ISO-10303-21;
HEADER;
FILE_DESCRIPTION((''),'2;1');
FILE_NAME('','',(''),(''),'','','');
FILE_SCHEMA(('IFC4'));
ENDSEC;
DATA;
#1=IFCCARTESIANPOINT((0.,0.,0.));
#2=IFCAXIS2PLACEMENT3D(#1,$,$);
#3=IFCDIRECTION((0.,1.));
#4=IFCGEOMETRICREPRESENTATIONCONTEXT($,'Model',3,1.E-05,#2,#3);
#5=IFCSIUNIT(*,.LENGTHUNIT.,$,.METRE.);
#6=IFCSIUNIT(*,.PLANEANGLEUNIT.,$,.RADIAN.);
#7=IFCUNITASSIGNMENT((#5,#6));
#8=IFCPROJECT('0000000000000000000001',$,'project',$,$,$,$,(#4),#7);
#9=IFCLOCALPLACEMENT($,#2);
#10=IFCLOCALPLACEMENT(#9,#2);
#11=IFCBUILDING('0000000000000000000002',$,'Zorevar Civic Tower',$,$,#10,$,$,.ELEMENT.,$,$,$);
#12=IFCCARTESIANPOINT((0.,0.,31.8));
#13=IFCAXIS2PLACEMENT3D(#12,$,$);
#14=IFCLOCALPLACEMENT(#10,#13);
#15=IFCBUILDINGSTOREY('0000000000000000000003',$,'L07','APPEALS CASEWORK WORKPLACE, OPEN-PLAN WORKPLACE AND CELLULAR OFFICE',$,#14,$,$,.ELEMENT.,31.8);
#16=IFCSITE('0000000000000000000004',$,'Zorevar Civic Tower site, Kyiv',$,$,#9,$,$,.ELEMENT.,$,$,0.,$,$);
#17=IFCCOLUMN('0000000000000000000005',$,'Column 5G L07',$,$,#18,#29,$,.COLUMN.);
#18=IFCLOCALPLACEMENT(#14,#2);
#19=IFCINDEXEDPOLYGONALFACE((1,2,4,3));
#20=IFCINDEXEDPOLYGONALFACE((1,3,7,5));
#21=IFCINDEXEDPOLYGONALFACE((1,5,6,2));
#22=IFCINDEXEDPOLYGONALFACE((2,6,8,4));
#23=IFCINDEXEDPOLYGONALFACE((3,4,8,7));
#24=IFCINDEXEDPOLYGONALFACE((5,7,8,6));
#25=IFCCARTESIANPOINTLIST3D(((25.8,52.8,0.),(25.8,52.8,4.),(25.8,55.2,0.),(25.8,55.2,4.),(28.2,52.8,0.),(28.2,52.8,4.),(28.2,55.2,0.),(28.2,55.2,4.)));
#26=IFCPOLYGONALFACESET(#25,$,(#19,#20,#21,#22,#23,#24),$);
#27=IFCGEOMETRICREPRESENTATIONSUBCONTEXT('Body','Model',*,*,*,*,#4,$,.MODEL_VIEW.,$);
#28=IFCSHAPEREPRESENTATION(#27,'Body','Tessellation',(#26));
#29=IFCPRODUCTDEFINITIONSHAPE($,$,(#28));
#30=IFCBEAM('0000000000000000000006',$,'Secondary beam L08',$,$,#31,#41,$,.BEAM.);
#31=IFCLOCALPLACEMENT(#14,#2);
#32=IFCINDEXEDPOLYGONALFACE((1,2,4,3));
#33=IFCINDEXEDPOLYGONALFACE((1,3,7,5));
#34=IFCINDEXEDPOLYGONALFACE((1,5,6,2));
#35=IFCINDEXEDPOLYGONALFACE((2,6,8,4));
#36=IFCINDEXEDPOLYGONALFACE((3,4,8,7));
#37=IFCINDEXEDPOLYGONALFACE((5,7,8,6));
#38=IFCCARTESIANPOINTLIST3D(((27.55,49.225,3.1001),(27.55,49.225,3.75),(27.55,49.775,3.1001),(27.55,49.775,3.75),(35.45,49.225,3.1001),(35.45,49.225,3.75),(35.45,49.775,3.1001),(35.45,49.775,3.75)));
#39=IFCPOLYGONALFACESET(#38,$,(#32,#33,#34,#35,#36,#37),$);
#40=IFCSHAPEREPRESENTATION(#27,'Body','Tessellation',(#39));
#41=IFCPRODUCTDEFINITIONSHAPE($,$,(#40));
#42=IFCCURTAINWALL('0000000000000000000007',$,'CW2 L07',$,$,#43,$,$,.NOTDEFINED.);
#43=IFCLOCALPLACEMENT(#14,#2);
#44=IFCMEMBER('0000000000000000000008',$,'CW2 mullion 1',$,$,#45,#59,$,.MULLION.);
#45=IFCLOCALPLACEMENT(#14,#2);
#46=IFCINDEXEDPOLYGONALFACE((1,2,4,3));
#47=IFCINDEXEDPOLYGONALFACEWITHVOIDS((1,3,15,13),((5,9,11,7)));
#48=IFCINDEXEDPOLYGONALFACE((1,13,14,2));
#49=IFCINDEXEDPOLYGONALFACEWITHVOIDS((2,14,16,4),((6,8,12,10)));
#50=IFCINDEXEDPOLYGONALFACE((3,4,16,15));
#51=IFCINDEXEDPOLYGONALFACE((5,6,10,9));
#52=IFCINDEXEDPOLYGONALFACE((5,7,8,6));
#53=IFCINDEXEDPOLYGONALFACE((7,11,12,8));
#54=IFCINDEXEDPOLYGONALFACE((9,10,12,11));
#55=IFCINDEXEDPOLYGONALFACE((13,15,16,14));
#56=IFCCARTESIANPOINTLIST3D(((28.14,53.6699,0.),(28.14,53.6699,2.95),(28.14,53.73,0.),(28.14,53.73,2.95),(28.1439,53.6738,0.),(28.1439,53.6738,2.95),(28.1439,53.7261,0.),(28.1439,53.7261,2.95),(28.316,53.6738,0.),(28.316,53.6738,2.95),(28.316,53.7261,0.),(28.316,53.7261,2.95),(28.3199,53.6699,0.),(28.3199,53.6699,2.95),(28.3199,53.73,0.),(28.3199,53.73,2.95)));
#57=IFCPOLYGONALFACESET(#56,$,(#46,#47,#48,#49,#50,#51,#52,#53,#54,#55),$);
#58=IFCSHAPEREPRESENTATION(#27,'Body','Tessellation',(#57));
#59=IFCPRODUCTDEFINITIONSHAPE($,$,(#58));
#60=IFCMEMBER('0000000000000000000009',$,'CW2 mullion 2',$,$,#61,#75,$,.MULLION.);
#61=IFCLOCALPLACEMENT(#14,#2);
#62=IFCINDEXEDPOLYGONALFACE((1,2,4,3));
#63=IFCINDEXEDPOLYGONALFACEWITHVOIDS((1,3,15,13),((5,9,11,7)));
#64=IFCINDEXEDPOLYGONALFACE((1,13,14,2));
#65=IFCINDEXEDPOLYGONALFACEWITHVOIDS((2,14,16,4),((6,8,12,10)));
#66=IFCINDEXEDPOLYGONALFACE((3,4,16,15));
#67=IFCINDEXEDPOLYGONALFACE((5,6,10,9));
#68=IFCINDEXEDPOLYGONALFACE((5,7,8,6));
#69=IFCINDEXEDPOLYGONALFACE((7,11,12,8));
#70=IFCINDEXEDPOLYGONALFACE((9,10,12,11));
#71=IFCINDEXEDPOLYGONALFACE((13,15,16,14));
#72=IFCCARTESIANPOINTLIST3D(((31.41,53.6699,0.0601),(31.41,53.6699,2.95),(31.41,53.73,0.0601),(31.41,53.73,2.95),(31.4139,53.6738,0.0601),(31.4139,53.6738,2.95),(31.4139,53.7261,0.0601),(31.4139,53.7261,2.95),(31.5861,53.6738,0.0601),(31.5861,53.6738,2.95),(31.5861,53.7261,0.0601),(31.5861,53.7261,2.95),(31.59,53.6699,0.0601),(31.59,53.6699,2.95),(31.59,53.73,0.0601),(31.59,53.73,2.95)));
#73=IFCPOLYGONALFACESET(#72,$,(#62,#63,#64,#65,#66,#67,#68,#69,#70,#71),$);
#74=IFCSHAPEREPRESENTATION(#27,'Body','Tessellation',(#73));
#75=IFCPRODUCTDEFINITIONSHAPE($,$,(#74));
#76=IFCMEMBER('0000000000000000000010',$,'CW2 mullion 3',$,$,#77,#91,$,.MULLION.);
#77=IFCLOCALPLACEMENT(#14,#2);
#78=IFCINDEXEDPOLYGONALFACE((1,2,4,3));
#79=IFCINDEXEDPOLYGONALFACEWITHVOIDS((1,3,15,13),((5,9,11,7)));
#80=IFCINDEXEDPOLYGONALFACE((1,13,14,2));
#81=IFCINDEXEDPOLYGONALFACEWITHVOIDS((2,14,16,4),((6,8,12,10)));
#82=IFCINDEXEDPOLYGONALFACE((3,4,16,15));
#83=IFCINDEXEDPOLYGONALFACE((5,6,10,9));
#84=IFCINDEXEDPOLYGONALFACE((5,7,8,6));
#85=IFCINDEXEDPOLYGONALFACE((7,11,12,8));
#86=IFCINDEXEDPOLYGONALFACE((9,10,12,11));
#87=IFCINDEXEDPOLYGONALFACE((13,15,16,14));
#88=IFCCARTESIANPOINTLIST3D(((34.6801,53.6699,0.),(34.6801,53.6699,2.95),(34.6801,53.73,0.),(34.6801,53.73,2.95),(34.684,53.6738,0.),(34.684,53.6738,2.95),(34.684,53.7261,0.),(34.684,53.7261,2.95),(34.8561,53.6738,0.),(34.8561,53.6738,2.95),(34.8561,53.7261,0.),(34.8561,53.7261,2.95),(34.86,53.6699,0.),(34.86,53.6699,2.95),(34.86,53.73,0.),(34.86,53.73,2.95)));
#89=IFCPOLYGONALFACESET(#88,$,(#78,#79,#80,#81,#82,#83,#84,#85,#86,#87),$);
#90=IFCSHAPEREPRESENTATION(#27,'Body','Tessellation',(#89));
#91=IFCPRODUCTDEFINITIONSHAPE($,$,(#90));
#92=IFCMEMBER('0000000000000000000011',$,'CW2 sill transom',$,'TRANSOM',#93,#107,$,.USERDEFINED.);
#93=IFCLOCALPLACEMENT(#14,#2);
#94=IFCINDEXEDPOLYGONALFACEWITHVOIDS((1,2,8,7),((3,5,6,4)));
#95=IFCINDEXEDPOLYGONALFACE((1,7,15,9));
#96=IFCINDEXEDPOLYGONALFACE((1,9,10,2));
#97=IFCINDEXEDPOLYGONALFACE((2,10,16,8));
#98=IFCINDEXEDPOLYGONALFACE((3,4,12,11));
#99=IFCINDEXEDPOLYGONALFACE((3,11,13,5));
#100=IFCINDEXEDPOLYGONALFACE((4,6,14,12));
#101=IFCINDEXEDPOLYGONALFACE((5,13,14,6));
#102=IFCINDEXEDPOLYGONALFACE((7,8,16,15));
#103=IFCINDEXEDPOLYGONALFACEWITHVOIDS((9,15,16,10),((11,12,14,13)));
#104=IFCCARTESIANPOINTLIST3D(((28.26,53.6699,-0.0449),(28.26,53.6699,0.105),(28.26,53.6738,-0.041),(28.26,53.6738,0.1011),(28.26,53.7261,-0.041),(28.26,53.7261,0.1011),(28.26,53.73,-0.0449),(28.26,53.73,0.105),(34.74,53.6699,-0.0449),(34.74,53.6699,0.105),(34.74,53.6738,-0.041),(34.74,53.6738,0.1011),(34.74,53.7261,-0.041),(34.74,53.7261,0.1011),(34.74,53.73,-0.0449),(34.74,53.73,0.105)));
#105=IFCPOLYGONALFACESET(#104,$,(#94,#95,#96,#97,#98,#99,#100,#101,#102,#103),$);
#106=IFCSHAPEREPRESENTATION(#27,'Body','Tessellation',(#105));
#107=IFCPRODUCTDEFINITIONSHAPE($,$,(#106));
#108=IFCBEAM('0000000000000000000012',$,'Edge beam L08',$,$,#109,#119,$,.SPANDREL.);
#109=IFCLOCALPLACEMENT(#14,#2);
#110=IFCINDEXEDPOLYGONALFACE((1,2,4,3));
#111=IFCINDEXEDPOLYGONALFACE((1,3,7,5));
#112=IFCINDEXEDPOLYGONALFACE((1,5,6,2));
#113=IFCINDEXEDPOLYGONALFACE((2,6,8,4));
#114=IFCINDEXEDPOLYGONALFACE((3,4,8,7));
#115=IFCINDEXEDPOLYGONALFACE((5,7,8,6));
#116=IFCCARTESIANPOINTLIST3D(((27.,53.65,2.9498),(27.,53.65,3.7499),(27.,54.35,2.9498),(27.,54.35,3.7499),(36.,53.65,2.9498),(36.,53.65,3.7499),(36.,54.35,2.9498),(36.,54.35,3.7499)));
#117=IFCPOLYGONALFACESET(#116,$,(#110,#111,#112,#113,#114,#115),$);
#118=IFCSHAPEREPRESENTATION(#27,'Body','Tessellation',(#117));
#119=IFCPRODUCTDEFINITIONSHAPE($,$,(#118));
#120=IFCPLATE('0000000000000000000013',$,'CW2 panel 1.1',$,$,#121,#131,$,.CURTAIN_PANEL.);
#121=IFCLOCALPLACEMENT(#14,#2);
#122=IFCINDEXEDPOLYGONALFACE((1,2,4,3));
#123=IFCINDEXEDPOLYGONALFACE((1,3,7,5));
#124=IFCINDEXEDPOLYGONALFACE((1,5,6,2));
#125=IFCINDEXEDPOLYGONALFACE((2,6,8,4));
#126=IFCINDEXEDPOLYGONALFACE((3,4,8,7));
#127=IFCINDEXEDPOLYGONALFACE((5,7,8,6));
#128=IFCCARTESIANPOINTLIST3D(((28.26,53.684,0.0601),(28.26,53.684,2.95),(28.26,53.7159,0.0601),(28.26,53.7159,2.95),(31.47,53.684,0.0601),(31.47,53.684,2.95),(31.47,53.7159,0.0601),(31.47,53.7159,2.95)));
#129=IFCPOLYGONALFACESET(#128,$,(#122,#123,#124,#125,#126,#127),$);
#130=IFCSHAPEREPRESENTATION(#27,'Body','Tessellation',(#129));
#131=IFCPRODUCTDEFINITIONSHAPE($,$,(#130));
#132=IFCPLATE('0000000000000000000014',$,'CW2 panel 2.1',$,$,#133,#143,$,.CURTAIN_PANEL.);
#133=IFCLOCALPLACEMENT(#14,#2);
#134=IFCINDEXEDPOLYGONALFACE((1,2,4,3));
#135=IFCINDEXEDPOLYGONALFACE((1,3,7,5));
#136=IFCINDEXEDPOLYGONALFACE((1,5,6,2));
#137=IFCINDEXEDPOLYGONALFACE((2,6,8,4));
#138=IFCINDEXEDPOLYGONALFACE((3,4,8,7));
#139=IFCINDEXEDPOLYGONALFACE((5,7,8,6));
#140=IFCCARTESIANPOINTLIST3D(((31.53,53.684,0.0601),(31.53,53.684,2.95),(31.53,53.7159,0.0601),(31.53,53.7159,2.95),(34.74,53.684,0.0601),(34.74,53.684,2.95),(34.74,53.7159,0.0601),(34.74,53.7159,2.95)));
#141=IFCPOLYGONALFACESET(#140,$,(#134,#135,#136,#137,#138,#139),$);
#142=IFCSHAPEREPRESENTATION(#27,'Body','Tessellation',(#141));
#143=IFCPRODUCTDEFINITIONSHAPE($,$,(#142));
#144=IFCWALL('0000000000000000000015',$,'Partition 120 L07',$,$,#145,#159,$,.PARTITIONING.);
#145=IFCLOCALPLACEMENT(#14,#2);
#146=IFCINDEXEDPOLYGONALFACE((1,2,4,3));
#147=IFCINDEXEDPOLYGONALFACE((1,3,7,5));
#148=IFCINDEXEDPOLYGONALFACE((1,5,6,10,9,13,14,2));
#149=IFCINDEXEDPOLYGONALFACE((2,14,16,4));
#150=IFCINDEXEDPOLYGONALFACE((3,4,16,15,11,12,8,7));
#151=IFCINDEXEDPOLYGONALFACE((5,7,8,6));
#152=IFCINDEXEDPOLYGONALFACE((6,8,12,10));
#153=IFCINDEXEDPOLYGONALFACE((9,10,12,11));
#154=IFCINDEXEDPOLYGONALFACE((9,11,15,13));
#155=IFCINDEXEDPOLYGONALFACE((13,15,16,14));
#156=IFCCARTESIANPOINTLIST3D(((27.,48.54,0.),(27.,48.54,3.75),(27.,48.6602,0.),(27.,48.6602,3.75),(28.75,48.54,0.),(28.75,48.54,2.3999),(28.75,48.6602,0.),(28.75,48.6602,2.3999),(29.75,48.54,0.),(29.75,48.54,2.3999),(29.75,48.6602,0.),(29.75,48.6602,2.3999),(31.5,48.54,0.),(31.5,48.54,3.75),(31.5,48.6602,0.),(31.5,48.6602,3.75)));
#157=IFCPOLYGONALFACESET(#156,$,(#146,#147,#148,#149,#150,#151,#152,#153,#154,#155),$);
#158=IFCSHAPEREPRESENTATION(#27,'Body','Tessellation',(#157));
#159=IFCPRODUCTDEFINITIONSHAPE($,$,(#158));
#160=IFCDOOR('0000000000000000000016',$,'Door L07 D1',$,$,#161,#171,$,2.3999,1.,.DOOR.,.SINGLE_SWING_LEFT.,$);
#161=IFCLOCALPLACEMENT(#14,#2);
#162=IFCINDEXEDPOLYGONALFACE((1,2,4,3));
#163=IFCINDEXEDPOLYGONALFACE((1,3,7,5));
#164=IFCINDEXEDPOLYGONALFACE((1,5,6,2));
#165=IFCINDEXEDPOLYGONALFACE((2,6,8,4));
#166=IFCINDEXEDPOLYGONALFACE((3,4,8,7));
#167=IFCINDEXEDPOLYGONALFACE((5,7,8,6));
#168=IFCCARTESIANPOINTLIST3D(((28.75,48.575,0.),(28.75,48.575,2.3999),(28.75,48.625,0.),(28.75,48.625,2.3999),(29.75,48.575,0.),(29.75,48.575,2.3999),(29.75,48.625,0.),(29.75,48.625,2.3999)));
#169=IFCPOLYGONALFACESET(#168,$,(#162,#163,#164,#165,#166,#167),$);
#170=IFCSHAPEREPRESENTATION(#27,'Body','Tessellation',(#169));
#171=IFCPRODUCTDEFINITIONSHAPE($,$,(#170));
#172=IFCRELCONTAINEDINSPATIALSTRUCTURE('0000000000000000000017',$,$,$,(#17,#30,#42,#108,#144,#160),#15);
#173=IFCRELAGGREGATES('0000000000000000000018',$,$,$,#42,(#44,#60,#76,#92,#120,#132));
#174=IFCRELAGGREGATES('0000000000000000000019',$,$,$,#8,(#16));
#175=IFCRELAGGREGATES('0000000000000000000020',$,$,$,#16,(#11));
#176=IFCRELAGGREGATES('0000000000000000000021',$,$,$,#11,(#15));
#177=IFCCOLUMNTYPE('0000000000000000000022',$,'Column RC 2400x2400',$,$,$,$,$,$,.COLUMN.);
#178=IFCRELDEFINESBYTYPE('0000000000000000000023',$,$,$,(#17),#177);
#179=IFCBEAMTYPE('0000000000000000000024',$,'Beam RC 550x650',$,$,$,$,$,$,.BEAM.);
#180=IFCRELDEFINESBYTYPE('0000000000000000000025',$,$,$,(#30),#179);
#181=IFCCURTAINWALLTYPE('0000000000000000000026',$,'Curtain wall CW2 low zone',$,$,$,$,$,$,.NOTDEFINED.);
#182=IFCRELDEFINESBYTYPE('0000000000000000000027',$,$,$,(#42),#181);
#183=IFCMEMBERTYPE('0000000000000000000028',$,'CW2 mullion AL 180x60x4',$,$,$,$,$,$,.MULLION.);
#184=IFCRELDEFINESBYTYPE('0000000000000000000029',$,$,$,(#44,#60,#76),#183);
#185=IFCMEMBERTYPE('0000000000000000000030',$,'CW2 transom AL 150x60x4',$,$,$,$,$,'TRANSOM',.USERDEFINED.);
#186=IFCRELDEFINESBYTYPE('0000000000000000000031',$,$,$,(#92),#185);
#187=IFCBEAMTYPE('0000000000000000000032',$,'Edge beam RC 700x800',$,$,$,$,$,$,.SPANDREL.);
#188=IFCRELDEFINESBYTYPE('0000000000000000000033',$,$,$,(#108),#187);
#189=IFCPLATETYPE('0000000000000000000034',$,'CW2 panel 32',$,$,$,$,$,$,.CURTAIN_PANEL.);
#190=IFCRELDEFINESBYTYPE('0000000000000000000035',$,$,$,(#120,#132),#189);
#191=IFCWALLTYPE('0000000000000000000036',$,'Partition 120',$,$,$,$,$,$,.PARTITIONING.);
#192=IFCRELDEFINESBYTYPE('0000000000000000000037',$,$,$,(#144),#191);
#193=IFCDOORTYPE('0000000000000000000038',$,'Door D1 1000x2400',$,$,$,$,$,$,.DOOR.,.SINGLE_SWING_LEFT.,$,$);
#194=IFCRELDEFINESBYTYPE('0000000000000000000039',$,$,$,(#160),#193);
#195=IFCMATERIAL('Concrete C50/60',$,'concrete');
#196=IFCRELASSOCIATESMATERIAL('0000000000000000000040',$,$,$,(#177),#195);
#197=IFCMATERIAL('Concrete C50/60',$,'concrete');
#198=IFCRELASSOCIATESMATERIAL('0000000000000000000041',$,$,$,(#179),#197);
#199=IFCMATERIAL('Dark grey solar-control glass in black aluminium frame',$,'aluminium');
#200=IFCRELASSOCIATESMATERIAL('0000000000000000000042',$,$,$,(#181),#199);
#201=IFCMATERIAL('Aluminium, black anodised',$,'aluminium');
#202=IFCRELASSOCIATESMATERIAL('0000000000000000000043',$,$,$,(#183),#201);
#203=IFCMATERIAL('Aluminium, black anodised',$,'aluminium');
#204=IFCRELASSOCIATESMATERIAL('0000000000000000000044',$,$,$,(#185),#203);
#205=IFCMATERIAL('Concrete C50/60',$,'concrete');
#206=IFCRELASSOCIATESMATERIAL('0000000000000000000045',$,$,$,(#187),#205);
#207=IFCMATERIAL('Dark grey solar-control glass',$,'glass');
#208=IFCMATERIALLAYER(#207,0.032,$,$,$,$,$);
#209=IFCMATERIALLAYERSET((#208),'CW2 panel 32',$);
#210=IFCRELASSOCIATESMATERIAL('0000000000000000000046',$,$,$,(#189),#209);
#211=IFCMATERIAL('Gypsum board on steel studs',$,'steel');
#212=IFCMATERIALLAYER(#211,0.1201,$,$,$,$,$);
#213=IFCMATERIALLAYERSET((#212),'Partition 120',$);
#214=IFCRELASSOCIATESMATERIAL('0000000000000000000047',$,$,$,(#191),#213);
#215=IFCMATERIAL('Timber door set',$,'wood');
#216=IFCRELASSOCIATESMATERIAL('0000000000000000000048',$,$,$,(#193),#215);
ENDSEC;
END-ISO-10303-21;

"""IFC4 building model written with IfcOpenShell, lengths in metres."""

from ifc_helpers import new_model, si_unit, direction, frame, frame_2d, origin, origin_2d, place, context, subcontext, project, spatial, rectangle, hollow_rectangle, extrude, material, layer, layer_set, material_profile, profile_set, type_object, element, fill, aggregate, save


model = new_model("IFC4")

# Units and contexts
model_context = context("Model", 3, precision=1e-05, world=origin(), true_north=direction((0.0, 1.0)))
body_context = subcontext(model_context, "Body", "Model", "MODEL_VIEW")
ifc_project = project(units=[si_unit("LENGTHUNIT", "METRE"), si_unit("PLANEANGLEUNIT", "RADIAN")], contexts=[model_context])

# Site, building, storey
site_placement = place(None, origin())
site = spatial("IfcSite", under=ifc_project, at=site_placement, Name="Zorevar Civic Tower site, Kyiv", CompositionType="ELEMENT", RefElevation=0.0)
building_placement = place(site_placement, origin())
building = spatial("IfcBuilding", under=site, at=building_placement, Name="Zorevar Civic Tower", CompositionType="ELEMENT")
storey_placement = place(building_placement, frame((0.0, 0.0, 31.8)))
storey = spatial("IfcBuildingStorey", under=building, at=storey_placement, Name="L07", Description="APPEALS CASEWORK WORKPLACE, OPEN-PLAN WORKPLACE AND CELLULAR OFFICE", CompositionType="ELEMENT", Elevation=31.8)

# Column
ifc_material_1 = material(Name="Concrete C50/60", Category="concrete")
ifc_material_profile_1 = material_profile(ifc_material_1, rectangle(XDim=2.3999, YDim=2.3999, at=origin_2d()), Name="RC 2400x2400")
ifc_profile_set_1 = profile_set([ifc_material_profile_1], Name="Concrete C50/60")
column_type = type_object("IfcColumnType", Name="Column RC 2400x2400", PredefinedType="COLUMN", material=ifc_profile_set_1)
column_placement = place(storey_placement, frame((27.0, 54.0, 0.0), z_axis=(0.0, 0.0, 1.0), x_axis=(1.0, 0.0, 0.0)))
element("IfcColumn", 1, at=column_placement, inside=storey, type_object=column_type, Name="Column 5G L07", PredefinedType="COLUMN", context=body_context, shape_type="SweptSolid", body=[
    extrude(rectangle(XDim=2.3999, YDim=2.3999, at=origin_2d()), origin(), (0.0, 0.0, 1.0), 4.0),
])

# Beam
ifc_material_2 = material(Name="Concrete C50/60", Category="concrete")
ifc_material_profile_2 = material_profile(ifc_material_2, rectangle(XDim=0.55, YDim=0.6499, at=origin_2d()), Name="RC 550x650")
ifc_profile_set_2 = profile_set([ifc_material_profile_2], Name="Concrete C50/60")
beam_type_1 = type_object("IfcBeamType", Name="Beam RC 550x650", PredefinedType="BEAM", material=ifc_profile_set_2)
beam_1_placement = place(storey_placement, frame((27.55, 49.5, 3.425), z_axis=(1.0, 0.0, 0.0), x_axis=(0.0, 1.0, 0.0)))
element("IfcBeam", 2, at=beam_1_placement, inside=storey, type_object=beam_type_1, Name="Secondary beam L08", PredefinedType="BEAM", context=body_context, shape_type="SweptSolid", body=[
    extrude(rectangle(XDim=0.55, YDim=0.6499, at=origin_2d()), origin(), (0.0, 0.0, 1.0), 7.8999),
])

# Curtain wall, members
ifc_material_3 = material(Name="Dark grey solar-control glass in black aluminium frame", Category="aluminium")
curtain_wall_type = type_object("IfcCurtainWallType", Name="Curtain wall CW2 low zone", PredefinedType="NOTDEFINED", material=ifc_material_3)
curtain_wall_placement = place(storey_placement, origin())
curtain_wall = element("IfcCurtainWall", 3, at=curtain_wall_placement, inside=storey, type_object=curtain_wall_type, Name="CW2 L07", PredefinedType="NOTDEFINED")
ifc_material_4 = material(Name="Aluminium, black anodised", Category="aluminium")
ifc_material_profile_3 = material_profile(ifc_material_4, hollow_rectangle(XDim=0.0601, YDim=0.1799, WallThickness=0.0039, at=origin_2d()), Name="AL 180x60x4")
ifc_profile_set_3 = profile_set([ifc_material_profile_3], Name="Aluminium, black anodised")
member_type_1 = type_object("IfcMemberType", Name="CW2 mullion AL 180x60x4", PredefinedType="MULLION", material=ifc_profile_set_3)
member_1_placement = place(storey_placement, frame((28.23, 53.7, 0.0), z_axis=(0.0, 0.0, 1.0), x_axis=(0.0, 1.0, 0.0)))
member_1 = element("IfcMember", 4, at=member_1_placement, type_object=member_type_1, Name="CW2 mullion 1", PredefinedType="MULLION", context=body_context, shape_type="SweptSolid", body=[
    extrude(hollow_rectangle(XDim=0.0601, YDim=0.1799, WallThickness=0.0039, at=origin_2d()), origin(), (0.0, 0.0, 1.0), 2.95),
])
member_2_placement = place(storey_placement, frame((31.5, 53.7, 0.0601), z_axis=(0.0, 0.0, 1.0), x_axis=(0.0, 1.0, 0.0)))
member_2 = element("IfcMember", 5, at=member_2_placement, type_object=member_type_1, Name="CW2 mullion 2", PredefinedType="MULLION", context=body_context, shape_type="SweptSolid", body=[
    extrude(hollow_rectangle(XDim=0.0601, YDim=0.1799, WallThickness=0.0039, at=origin_2d()), origin(), (0.0, 0.0, 1.0), 2.8899),
])
member_3_placement = place(storey_placement, frame((34.77, 53.7, 0.0), z_axis=(0.0, 0.0, 1.0), x_axis=(0.0, 1.0, 0.0)))
member_3 = element("IfcMember", 6, at=member_3_placement, type_object=member_type_1, Name="CW2 mullion 3", PredefinedType="MULLION", context=body_context, shape_type="SweptSolid", body=[
    extrude(hollow_rectangle(XDim=0.0601, YDim=0.1799, WallThickness=0.0039, at=origin_2d()), origin(), (0.0, 0.0, 1.0), 2.95),
])
ifc_material_5 = material(Name="Aluminium, black anodised", Category="aluminium")
ifc_material_profile_4 = material_profile(ifc_material_5, hollow_rectangle(XDim=0.0601, YDim=0.1499, WallThickness=0.0039, at=origin_2d()), Name="AL 150x60x4")
ifc_profile_set_4 = profile_set([ifc_material_profile_4], Name="Aluminium, black anodised")
member_type_2 = type_object("IfcMemberType", Name="CW2 transom AL 150x60x4", ElementType="TRANSOM", PredefinedType="USERDEFINED", material=ifc_profile_set_4)
member_4_placement = place(storey_placement, frame((28.26, 53.7, 0.03), z_axis=(1.0, 0.0, 0.0), x_axis=(0.0, 1.0, 0.0)))
member_4 = element("IfcMember", 7, at=member_4_placement, type_object=member_type_2, Name="CW2 sill transom", ObjectType="TRANSOM", PredefinedType="USERDEFINED", context=body_context, shape_type="SweptSolid", body=[
    extrude(hollow_rectangle(XDim=0.0601, YDim=0.1499, WallThickness=0.0039, at=origin_2d()), origin(), (0.0, 0.0, 1.0), 6.48),
])

# Beam
ifc_material_6 = material(Name="Concrete C50/60", Category="concrete")
ifc_material_profile_5 = material_profile(ifc_material_6, rectangle(XDim=0.7, YDim=0.8, at=origin_2d()), Name="RC 700x800")
ifc_profile_set_5 = profile_set([ifc_material_profile_5], Name="Concrete C50/60")
beam_type_2 = type_object("IfcBeamType", Name="Edge beam RC 700x800", PredefinedType="SPANDREL", material=ifc_profile_set_5)
beam_2_placement = place(storey_placement, frame((27.0, 54.0, 3.3499), z_axis=(1.0, 0.0, 0.0), x_axis=(0.0, 1.0, 0.0)))
element("IfcBeam", 8, at=beam_2_placement, inside=storey, type_object=beam_type_2, Name="Edge beam L08", PredefinedType="SPANDREL", context=body_context, shape_type="SweptSolid", body=[
    extrude(rectangle(XDim=0.7, YDim=0.8, at=origin_2d()), origin(), (0.0, 0.0, 1.0), 9.0),
])

# Plates
ifc_material_7 = material(Name="Dark grey solar-control glass", Category="glass")
ifc_layer_1 = layer(ifc_material_7, 0.032)
ifc_layer_set_1 = layer_set([ifc_layer_1], Name="CW2 panel 32")
plate_type = type_object("IfcPlateType", Name="CW2 panel 32", PredefinedType="CURTAIN_PANEL", material=ifc_layer_set_1)
plate_1_placement = place(storey_placement, frame((29.865, 53.7, 0.0601), z_axis=(0.0, 0.0, 1.0), x_axis=(1.0, 0.0, 0.0)))
plate_1 = element("IfcPlate", 9, at=plate_1_placement, type_object=plate_type, Name="CW2 panel 1.1", PredefinedType="CURTAIN_PANEL", context=body_context, shape_type="SweptSolid", body=[
    extrude(rectangle(XDim=3.21, YDim=0.032, at=origin_2d()), origin(), (0.0, 0.0, 1.0), 2.8899),
])
plate_2_placement = place(storey_placement, frame((33.135, 53.7, 0.0601), z_axis=(0.0, 0.0, 1.0), x_axis=(1.0, 0.0, 0.0)))
plate_2 = element("IfcPlate", 10, at=plate_2_placement, type_object=plate_type, Name="CW2 panel 2.1", PredefinedType="CURTAIN_PANEL", context=body_context, shape_type="SweptSolid", body=[
    extrude(rectangle(XDim=3.21, YDim=0.032, at=origin_2d()), origin(), (0.0, 0.0, 1.0), 2.8899),
])
aggregate(curtain_wall, [member_1, member_2, member_3, member_4, plate_1, plate_2])

# Wall, opening, door
ifc_material_8 = material(Name="Gypsum board on steel studs", Category="steel")
ifc_layer_2 = layer(ifc_material_8, 0.1201)
ifc_layer_set_2 = layer_set([ifc_layer_2], Name="Partition 120")
wall_type = type_object("IfcWallType", Name="Partition 120", PredefinedType="PARTITIONING", material=ifc_layer_set_2)
wall_1_placement = place(storey_placement, frame((27.0, 48.6001, 0.0), z_axis=(0.0, 0.0, 1.0), x_axis=(1.0, 0.0, 0.0)))
wall_1 = element("IfcWall", 11, at=wall_1_placement, inside=storey, type_object=wall_type, Name="Partition 120 L07", PredefinedType="PARTITIONING", context=body_context, shape_type="SweptSolid", body=[
    extrude(rectangle(XDim=4.5, YDim=0.1201, at=frame_2d((2.25, 0.0))), origin(), (0.0, 0.0, 1.0), 3.75),
])
opening_1_placement = place(wall_1_placement, frame((1.75, 0.0, 0.0)))
opening_1 = element("IfcOpeningElement", 12, at=opening_1_placement, cuts=wall_1, PredefinedType="OPENING", context=body_context, shape_type="SweptSolid", body=[
    extrude(rectangle(XDim=1.0, YDim=2.3999, at=frame_2d((0.5, 1.2))), frame((0.0, 0.0701, 0.0), z_axis=(0.0, -1.0, 0.0), x_axis=(1.0, 0.0, 0.0)), (0.0, 0.0, 1.0), 0.1401),
])
ifc_material_9 = material(Name="Timber door set", Category="wood")
door_type = type_object("IfcDoorType", Name="Door D1 1000x2400", OperationType="SINGLE_SWING_LEFT", PredefinedType="DOOR", material=ifc_material_9)
door_1_placement = place(opening_1_placement, origin())
door_1 = element("IfcDoor", 13, at=door_1_placement, inside=storey, type_object=door_type, Name="Door L07 D1", OperationType="SINGLE_SWING_LEFT", OverallHeight=2.3999, OverallWidth=1.0, PredefinedType="DOOR", context=body_context, shape_type="SweptSolid", body=[
    extrude(rectangle(XDim=1.0, YDim=2.3999, at=frame_2d((0.5, 1.2))), frame((0.0, 0.0249, 0.0), z_axis=(0.0, -1.0, 0.0), x_axis=(1.0, 0.0, 0.0)), (0.0, 0.0, 1.0), 0.05),
])
fill(opening_1, door_1)

save(model, "model.ifc")
